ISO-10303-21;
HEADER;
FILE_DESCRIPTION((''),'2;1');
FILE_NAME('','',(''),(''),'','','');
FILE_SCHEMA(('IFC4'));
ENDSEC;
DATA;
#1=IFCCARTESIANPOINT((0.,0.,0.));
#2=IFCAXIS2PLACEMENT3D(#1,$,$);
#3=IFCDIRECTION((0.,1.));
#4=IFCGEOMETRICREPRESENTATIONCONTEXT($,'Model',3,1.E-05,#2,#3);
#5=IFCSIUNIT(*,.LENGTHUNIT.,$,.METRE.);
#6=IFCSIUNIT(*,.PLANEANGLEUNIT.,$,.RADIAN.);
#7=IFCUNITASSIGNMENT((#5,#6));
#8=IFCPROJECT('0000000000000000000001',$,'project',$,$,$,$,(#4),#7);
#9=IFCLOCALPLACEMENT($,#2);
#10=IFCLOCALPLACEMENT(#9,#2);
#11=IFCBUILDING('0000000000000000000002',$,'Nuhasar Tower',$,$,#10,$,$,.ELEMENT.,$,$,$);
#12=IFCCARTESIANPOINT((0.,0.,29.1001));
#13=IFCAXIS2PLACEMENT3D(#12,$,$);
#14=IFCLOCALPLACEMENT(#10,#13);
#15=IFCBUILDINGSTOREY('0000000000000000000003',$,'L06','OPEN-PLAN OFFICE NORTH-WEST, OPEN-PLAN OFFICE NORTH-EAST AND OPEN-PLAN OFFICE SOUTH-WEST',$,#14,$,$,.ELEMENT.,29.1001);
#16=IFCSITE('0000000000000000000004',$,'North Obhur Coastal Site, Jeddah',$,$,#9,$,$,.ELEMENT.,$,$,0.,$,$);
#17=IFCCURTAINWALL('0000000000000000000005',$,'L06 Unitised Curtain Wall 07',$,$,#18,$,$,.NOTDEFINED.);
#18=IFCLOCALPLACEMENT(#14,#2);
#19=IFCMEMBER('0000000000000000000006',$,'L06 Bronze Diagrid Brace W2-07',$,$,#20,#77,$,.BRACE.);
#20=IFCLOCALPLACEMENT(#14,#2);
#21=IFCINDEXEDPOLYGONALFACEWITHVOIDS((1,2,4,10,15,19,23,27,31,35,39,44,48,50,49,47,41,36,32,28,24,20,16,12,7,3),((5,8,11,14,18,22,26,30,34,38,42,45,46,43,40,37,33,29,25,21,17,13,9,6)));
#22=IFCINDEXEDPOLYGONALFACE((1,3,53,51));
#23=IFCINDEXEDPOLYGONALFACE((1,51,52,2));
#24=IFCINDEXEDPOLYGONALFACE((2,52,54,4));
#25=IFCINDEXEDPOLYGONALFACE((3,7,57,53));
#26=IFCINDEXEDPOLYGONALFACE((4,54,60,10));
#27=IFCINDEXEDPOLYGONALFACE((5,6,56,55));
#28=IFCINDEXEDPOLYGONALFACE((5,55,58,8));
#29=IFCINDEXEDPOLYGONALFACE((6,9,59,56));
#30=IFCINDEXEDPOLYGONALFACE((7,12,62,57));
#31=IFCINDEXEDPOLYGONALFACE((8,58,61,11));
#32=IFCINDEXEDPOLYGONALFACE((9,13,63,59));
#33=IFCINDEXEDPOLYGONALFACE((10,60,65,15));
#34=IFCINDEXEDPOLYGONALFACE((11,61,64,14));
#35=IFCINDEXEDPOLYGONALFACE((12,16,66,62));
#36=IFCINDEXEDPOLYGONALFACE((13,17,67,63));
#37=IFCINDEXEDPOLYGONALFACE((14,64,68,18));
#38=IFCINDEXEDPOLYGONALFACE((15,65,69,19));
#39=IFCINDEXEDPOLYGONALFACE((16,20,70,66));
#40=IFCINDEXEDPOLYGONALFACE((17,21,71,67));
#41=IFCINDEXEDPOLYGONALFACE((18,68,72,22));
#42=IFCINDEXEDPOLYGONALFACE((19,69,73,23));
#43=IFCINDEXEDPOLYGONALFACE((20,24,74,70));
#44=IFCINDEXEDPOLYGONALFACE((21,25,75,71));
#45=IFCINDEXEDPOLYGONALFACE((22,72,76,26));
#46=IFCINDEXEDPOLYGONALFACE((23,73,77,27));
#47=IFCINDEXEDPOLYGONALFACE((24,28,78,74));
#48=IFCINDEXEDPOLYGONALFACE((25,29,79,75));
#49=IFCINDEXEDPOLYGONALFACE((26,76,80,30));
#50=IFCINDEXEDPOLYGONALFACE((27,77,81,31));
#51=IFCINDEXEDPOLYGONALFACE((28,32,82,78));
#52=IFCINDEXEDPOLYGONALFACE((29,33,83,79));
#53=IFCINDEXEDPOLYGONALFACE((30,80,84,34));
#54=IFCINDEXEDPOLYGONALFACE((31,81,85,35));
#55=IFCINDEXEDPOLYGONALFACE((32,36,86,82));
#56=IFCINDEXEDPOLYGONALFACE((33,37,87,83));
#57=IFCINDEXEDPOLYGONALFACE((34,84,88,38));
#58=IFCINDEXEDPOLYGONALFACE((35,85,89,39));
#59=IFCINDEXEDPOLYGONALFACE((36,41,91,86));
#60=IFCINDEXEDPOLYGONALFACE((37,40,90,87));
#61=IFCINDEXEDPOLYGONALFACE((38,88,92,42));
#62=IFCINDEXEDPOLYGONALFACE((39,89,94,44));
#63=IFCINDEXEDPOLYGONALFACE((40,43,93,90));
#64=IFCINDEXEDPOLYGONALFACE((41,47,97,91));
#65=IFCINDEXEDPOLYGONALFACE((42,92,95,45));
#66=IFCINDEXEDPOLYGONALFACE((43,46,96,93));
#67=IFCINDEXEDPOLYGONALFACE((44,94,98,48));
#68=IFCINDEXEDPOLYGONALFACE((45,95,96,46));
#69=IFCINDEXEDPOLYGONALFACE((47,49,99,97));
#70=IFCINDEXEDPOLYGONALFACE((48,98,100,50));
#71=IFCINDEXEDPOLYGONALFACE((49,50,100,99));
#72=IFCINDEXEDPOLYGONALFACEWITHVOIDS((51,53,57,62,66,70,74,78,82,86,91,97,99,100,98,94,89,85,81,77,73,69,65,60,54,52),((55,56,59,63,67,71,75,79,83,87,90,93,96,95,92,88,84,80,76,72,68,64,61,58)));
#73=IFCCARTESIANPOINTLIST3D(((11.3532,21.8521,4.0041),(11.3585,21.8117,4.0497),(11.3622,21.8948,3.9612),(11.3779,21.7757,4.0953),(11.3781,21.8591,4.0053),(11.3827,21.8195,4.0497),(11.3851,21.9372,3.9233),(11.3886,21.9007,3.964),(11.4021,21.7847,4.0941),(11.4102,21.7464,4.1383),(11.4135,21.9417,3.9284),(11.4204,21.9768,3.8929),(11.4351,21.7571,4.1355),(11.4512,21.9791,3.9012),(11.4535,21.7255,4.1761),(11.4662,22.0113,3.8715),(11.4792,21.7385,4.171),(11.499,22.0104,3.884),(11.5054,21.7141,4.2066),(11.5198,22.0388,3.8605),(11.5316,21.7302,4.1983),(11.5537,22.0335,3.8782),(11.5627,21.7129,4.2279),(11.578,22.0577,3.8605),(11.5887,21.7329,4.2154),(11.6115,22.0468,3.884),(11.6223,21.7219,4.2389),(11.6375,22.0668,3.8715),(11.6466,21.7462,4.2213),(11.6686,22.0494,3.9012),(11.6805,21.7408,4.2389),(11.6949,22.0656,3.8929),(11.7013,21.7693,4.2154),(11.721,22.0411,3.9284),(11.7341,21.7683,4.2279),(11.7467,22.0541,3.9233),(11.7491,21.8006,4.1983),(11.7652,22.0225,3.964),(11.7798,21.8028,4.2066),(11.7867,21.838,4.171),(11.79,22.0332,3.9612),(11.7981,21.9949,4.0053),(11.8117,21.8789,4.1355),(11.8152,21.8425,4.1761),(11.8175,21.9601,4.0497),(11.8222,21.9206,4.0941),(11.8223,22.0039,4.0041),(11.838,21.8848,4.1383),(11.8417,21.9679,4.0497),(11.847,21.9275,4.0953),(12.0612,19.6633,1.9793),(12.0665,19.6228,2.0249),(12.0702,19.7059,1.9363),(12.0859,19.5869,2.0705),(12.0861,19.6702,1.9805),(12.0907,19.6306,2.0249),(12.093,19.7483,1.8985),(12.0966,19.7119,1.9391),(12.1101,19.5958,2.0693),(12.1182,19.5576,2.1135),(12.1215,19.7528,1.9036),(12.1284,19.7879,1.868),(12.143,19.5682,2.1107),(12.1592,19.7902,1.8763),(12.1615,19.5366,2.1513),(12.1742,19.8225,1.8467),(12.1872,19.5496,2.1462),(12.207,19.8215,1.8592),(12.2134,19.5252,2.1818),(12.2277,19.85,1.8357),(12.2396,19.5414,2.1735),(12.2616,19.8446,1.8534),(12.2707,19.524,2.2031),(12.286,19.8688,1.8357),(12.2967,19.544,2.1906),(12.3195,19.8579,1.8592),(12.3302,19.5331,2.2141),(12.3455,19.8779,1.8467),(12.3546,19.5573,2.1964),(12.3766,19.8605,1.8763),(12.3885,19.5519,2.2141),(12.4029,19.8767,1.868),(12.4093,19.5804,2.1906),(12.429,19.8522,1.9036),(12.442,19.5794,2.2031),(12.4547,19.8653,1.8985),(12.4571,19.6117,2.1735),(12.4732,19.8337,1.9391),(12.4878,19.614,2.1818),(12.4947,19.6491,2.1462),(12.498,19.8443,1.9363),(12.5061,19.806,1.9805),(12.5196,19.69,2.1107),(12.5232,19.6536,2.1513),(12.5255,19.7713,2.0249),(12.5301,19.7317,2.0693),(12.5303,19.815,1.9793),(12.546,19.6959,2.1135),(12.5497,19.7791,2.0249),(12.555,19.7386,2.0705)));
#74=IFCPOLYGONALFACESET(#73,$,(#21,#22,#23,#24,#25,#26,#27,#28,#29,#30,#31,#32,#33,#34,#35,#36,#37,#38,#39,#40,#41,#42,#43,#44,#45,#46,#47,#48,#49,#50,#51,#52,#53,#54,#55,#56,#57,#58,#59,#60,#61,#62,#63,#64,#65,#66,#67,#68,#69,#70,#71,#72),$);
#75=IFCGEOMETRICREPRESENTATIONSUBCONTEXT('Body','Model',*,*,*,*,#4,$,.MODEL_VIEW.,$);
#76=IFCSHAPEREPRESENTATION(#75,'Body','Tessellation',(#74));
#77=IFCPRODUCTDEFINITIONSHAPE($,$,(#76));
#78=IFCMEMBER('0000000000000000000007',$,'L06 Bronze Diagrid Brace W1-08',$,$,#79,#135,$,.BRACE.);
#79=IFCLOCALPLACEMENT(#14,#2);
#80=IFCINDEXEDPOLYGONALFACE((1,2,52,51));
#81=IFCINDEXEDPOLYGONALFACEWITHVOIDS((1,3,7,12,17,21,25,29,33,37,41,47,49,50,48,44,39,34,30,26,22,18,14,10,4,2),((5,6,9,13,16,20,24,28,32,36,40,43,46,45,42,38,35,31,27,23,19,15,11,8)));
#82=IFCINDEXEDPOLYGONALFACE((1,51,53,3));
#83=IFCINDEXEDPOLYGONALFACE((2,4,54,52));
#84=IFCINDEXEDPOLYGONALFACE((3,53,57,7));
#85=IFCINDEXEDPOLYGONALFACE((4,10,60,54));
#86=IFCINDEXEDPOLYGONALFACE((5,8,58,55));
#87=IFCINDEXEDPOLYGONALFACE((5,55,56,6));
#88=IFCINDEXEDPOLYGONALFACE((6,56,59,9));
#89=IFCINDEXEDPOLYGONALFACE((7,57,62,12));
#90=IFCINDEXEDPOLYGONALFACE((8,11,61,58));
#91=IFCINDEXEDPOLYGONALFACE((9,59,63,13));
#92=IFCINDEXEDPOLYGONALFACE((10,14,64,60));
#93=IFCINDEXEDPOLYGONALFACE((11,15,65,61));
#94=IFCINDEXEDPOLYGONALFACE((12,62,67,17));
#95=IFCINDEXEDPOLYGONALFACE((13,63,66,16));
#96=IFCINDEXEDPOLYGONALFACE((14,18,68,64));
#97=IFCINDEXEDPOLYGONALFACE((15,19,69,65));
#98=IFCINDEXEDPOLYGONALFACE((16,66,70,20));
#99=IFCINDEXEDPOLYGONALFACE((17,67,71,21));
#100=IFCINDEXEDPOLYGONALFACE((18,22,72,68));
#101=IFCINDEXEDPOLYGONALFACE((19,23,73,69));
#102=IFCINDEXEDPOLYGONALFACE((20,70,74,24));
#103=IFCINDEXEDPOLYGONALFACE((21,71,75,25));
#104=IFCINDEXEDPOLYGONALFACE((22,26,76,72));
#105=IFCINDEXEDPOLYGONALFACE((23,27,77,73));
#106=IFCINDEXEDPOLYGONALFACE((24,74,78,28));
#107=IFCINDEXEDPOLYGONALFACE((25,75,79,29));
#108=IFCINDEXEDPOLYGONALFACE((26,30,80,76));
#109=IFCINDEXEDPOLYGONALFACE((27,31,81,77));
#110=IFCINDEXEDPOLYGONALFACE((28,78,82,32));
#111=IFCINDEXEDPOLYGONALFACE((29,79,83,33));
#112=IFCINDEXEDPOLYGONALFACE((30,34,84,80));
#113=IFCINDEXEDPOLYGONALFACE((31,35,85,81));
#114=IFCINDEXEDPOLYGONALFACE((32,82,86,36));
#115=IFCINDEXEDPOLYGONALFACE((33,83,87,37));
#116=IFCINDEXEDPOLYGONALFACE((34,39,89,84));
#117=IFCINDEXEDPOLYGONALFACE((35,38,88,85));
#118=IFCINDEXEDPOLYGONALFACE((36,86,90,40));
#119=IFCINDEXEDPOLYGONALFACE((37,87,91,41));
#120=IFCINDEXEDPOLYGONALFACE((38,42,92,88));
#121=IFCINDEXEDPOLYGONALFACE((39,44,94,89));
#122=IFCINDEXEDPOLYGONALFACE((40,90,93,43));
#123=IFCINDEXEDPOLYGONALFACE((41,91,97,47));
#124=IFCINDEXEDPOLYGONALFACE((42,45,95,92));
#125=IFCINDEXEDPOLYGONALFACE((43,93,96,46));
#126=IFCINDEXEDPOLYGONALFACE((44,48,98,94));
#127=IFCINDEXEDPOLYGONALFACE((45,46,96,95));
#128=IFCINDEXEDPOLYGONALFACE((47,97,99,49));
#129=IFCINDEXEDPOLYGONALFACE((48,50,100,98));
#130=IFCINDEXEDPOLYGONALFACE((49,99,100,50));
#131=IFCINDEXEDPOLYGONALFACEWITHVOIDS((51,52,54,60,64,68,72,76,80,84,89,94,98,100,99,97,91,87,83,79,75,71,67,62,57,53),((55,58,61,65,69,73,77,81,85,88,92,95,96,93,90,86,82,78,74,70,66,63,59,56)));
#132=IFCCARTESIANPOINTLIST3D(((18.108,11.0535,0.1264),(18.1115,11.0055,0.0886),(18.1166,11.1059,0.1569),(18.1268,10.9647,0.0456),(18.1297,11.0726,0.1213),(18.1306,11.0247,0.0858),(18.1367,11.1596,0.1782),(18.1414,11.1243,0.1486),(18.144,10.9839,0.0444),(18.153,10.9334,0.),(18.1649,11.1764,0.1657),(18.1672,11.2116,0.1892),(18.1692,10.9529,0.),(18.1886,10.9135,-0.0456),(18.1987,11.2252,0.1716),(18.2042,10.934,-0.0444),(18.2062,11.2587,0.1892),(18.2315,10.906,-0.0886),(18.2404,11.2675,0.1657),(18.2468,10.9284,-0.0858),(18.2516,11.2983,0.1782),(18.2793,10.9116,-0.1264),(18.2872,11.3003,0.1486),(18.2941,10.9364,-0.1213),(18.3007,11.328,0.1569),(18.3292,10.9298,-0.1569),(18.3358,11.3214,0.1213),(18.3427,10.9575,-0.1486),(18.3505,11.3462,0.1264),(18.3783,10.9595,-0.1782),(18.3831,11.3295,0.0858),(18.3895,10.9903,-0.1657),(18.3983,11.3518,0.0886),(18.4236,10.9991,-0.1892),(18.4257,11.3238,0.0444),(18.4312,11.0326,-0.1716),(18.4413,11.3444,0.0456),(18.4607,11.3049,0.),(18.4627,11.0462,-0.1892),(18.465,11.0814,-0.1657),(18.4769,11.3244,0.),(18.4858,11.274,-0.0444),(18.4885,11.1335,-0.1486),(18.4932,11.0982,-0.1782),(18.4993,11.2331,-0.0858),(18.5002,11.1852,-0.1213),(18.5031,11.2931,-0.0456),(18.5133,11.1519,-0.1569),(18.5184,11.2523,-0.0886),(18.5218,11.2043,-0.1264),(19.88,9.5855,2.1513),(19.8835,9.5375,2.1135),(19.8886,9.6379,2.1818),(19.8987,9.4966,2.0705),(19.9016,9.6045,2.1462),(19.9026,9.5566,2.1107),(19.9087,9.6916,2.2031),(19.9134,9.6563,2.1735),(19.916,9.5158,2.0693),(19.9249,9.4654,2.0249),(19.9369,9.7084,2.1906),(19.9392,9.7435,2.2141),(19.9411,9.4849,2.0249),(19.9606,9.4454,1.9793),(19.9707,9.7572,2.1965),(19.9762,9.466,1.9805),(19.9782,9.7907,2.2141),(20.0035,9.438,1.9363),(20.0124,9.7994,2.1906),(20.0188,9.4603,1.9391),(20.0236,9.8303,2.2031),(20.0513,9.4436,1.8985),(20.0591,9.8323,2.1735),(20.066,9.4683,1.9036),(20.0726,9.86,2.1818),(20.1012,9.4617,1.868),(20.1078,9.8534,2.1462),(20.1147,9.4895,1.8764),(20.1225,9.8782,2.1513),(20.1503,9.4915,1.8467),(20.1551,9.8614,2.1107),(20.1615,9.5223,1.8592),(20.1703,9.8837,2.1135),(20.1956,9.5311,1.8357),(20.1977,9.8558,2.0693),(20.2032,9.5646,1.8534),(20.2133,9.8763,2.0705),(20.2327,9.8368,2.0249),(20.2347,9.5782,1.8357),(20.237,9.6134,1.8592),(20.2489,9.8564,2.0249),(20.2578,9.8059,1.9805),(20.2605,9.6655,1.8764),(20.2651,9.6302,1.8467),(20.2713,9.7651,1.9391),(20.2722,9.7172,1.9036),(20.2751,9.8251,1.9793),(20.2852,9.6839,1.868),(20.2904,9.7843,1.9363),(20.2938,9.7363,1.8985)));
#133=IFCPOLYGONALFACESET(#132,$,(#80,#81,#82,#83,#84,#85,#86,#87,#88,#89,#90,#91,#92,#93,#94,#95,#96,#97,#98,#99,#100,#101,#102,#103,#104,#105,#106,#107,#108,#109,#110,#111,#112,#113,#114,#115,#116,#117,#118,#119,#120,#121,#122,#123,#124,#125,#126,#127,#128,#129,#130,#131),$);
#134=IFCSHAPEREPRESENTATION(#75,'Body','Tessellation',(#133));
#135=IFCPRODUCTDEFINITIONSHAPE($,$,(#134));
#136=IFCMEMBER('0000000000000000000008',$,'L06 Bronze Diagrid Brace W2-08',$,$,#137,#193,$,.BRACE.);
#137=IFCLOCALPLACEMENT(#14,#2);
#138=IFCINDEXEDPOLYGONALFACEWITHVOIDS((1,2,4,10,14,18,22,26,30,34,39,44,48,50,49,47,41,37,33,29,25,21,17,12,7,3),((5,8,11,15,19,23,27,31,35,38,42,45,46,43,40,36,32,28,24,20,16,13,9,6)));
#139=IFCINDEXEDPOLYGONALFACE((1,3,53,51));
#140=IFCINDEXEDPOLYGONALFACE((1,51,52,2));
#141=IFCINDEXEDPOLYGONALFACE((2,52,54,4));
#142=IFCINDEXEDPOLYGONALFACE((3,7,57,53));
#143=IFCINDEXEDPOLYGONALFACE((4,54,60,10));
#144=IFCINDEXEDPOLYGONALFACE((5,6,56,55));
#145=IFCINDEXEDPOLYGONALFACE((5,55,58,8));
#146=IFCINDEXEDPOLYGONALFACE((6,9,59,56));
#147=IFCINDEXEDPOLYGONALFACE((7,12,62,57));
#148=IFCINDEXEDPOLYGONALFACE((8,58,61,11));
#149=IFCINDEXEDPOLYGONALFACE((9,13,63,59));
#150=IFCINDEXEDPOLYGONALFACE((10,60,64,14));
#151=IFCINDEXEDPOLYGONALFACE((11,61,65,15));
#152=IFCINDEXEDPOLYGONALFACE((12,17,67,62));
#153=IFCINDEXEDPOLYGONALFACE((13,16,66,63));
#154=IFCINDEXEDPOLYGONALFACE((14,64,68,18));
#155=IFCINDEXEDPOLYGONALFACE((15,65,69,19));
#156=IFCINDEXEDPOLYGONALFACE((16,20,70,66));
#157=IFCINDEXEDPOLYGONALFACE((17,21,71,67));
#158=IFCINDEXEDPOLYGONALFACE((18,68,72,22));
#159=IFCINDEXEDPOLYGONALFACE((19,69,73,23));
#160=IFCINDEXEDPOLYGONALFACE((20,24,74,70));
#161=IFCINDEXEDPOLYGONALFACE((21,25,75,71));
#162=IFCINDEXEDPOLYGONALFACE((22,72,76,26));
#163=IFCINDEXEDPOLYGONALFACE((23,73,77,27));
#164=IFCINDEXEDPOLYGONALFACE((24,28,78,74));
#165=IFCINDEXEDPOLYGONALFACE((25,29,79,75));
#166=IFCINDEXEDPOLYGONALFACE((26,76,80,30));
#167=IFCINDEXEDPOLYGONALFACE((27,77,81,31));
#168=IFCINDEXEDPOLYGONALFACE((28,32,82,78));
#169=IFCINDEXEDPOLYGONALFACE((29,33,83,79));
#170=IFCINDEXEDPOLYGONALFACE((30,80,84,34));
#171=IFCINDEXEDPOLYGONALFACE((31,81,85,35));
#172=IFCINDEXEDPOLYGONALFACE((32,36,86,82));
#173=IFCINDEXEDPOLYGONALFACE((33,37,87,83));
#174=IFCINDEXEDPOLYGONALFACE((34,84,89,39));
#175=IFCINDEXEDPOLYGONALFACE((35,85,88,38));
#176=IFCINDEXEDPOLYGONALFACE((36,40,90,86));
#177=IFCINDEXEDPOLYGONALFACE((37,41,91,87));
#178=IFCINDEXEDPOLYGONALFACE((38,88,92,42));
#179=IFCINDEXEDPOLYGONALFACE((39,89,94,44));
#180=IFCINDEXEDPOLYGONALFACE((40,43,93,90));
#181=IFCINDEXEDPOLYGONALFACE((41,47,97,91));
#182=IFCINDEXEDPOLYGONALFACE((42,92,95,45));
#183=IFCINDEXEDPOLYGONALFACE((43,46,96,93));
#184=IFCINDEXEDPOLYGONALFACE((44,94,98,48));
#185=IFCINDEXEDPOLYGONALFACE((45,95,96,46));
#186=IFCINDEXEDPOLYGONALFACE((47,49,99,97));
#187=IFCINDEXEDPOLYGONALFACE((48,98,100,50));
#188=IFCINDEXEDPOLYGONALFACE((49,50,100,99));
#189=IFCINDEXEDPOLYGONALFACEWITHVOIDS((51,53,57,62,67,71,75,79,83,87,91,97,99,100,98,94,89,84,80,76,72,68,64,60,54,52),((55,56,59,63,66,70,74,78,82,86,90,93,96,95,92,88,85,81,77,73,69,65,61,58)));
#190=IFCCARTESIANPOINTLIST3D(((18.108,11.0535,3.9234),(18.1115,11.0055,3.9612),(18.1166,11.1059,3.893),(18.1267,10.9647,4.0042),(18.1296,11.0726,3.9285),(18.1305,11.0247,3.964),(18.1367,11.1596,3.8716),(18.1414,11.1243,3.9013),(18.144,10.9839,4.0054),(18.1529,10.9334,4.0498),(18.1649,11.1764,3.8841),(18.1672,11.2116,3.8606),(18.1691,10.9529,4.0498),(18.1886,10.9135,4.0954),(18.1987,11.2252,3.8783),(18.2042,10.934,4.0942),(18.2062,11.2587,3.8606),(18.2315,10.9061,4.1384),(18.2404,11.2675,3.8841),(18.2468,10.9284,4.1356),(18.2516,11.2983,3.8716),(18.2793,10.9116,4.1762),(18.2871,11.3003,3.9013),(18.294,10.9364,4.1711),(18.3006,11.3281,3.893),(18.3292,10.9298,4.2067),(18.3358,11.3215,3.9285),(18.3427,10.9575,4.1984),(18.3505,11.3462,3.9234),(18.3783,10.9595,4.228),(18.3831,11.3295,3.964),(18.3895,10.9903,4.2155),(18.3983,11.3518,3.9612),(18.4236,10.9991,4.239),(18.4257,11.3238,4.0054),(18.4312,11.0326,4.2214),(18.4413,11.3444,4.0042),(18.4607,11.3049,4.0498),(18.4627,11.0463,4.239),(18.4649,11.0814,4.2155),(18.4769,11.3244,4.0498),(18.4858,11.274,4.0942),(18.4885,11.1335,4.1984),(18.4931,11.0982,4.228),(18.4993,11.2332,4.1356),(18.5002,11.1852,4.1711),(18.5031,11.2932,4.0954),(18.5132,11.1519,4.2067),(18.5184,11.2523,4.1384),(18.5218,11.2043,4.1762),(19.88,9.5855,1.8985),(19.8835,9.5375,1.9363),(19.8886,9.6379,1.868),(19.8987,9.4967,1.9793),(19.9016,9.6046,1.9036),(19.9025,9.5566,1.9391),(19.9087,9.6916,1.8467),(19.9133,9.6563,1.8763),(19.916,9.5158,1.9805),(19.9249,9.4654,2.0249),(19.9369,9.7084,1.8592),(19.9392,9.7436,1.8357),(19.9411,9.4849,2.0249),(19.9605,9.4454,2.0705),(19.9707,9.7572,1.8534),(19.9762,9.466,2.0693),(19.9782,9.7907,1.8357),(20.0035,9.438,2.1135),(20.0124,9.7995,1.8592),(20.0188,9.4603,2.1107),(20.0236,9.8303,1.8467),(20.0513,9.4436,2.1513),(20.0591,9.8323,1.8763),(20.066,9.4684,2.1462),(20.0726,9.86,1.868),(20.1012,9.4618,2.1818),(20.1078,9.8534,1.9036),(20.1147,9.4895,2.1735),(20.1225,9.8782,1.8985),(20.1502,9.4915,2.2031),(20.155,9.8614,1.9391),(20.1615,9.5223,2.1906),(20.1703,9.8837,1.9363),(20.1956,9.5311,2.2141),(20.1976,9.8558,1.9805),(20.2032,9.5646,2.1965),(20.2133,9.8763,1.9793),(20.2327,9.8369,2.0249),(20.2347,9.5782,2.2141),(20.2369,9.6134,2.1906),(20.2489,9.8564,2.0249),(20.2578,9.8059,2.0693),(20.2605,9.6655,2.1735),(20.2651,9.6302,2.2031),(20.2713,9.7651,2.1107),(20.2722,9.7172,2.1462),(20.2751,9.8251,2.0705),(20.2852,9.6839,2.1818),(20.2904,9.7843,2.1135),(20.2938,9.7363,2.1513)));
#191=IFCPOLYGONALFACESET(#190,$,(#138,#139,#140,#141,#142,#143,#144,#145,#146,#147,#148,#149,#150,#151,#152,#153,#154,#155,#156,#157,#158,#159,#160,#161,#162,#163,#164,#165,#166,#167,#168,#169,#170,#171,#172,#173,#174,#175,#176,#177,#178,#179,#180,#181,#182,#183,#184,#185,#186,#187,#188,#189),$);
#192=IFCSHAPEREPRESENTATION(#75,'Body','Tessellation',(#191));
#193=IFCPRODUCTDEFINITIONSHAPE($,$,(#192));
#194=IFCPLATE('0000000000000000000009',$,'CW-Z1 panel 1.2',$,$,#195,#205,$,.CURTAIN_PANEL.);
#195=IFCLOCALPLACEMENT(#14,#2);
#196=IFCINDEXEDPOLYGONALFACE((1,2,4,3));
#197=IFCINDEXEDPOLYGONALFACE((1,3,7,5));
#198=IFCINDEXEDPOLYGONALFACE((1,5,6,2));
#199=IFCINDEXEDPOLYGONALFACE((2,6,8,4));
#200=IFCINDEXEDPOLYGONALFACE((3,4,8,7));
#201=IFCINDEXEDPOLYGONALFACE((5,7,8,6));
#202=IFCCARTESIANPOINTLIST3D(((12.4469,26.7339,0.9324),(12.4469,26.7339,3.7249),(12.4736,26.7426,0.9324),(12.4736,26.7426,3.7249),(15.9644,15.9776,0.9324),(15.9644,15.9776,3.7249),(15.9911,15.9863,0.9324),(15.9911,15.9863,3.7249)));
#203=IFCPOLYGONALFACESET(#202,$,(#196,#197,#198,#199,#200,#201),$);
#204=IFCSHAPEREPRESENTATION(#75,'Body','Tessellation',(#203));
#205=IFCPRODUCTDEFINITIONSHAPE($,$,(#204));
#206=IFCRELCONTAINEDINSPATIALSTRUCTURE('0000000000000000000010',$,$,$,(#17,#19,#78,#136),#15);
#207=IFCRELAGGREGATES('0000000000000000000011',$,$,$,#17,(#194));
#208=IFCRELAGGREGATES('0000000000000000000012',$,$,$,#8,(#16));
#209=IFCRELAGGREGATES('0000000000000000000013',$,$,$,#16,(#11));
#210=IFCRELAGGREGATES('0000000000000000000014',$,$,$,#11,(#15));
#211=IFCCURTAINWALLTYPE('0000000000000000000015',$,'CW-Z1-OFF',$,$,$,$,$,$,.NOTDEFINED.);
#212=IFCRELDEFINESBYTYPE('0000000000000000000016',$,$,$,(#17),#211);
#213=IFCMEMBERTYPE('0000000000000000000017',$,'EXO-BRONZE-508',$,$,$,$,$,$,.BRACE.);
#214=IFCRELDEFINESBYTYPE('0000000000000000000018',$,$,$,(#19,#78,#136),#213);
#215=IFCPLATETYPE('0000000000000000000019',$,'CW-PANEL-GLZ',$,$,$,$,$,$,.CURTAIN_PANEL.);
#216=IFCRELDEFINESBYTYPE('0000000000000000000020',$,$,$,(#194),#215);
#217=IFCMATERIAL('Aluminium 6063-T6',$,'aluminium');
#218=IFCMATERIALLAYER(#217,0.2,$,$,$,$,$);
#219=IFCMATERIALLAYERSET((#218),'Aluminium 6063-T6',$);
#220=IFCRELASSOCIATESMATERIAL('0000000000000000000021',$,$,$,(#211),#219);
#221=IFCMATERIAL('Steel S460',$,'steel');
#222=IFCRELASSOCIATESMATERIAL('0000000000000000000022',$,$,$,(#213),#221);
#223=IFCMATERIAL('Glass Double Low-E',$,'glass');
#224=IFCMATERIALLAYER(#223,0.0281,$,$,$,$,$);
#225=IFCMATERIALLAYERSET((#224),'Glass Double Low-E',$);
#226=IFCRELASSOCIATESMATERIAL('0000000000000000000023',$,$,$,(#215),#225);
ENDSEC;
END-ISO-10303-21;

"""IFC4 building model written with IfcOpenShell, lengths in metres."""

from ifc_helpers import new_model, si_unit, direction, frame, origin, origin_2d, place, context, subcontext, project, spatial, rectangle, hollow_circle, extrude, material, layer, layer_set, material_profile, profile_set, type_object, element, aggregate, save


model = new_model("IFC4")

# Units and contexts
model_context = context("Model", 3, precision=1e-05, world=origin(), true_north=direction((0.0, 1.0)))
body_context = subcontext(model_context, "Body", "Model", "MODEL_VIEW")
ifc_project = project(units=[si_unit("LENGTHUNIT", "METRE"), si_unit("PLANEANGLEUNIT", "RADIAN")], contexts=[model_context])

# Site, building, storey
site_placement = place(None, origin())
site = spatial("IfcSite", under=ifc_project, at=site_placement, Name="North Obhur Coastal Site, Jeddah", CompositionType="ELEMENT", RefElevation=0.0)
building_placement = place(site_placement, origin())
building = spatial("IfcBuilding", under=site, at=building_placement, Name="Nuhasar Tower", CompositionType="ELEMENT")
storey_placement = place(building_placement, frame((0.0, 0.0, 29.1001)))
storey = spatial("IfcBuildingStorey", under=building, at=storey_placement, Name="L06", Description="OPEN-PLAN OFFICE NORTH-WEST, OPEN-PLAN OFFICE NORTH-EAST AND OPEN-PLAN OFFICE SOUTH-WEST", CompositionType="ELEMENT", Elevation=29.1001)

# Curtain wall
ifc_material_1 = material(Name="Aluminium 6063-T6", Category="aluminium")
ifc_layer_1 = layer(ifc_material_1, 0.2)
ifc_layer_set_1 = layer_set([ifc_layer_1], Name="Aluminium 6063-T6")
curtain_wall_type = type_object("IfcCurtainWallType", Name="CW-Z1-OFF", PredefinedType="NOTDEFINED", material=ifc_layer_set_1)
curtain_wall_1_placement = place(storey_placement, origin())
curtain_wall_1 = element("IfcCurtainWall", 1, at=curtain_wall_1_placement, inside=storey, type_object=curtain_wall_type, Name="L06 Unitised Curtain Wall 07", PredefinedType="NOTDEFINED")

# Members
ifc_material_2 = material(Name="Steel S460", Category="steel")
ifc_material_profile_1 = material_profile(ifc_material_2, hollow_circle(Radius=0.2539, WallThickness=0.0254, at=origin_2d()), Name="HSS508X25.4")
ifc_profile_set_1 = profile_set([ifc_material_profile_1], Name="Steel S460")
member_type_1 = type_object("IfcMemberType", Name="EXO-BRONZE-508", PredefinedType="BRACE", material=ifc_profile_set_1)
for number, where, z_axis, x_axis, name in (
    (2, (12.3081, 19.7009, 2.0249), (-0.231012, 0.714225, 0.660694), (-0.951468, -0.307747, 0.0), "L06 Bronze Diagrid Brace W2-07"),
):
    element("IfcMember", number, at=place(storey_placement, frame(where, z_axis=z_axis, x_axis=x_axis)), inside=storey, type_object=member_type_1, Name=name, PredefinedType="BRACE", context=body_context, shape_type="SweptSolid", body=[
        extrude(hollow_circle(Radius=0.2539, WallThickness=0.0254, at=origin_2d()), origin(), (0.0, 0.0, 1.0), 3.0647),
    ])
for number, where, z_axis, x_axis, name in (
    (3, (18.3149, 11.1289, 0.0), (0.578102, -0.478937, 0.660619), (0.637969, 0.770062, 0.0), "L06 Bronze Diagrid Brace W1-08"),
    (4, (20.0869, 9.6609, 2.0249), (-0.578102, 0.478937, 0.660619), (-0.637969, -0.770062, 0.0), "L06 Bronze Diagrid Brace W2-08"),
):
    element("IfcMember", number, at=place(storey_placement, frame(where, z_axis=z_axis, x_axis=x_axis)), inside=storey, type_object=member_type_1, Name=name, PredefinedType="BRACE", context=body_context, shape_type="SweptSolid", body=[
        extrude(hollow_circle(Radius=0.2539, WallThickness=0.0254, at=origin_2d()), origin(), (0.0, 0.0, 1.0), 3.0652),
    ])

# Plate
ifc_material_3 = material(Name="Glass Double Low-E", Category="glass")
ifc_layer_2 = layer(ifc_material_3, 0.0281)
ifc_layer_set_2 = layer_set([ifc_layer_2], Name="Glass Double Low-E")
plate_type_1 = type_object("IfcPlateType", Name="CW-PANEL-GLZ", PredefinedType="CURTAIN_PANEL", material=ifc_layer_set_2)
plate_1_placement = place(storey_placement, frame((14.219, 21.3601, 0.9324), z_axis=(0.0, 0.0, 1.0), x_axis=(0.310824, -0.950468, 0.0)))
plate_1 = element("IfcPlate", 5, at=plate_1_placement, type_object=plate_type_1, Name="CW-Z1 panel 1.2", PredefinedType="CURTAIN_PANEL", context=body_context, shape_type="SweptSolid", body=[
    extrude(rectangle(XDim=11.3169, YDim=0.0281, at=origin_2d()), origin(), (0.0, 0.0, 1.0), 2.7925),
])
aggregate(curtain_wall_1, [plate_1])

save(model, "model.ifc")
